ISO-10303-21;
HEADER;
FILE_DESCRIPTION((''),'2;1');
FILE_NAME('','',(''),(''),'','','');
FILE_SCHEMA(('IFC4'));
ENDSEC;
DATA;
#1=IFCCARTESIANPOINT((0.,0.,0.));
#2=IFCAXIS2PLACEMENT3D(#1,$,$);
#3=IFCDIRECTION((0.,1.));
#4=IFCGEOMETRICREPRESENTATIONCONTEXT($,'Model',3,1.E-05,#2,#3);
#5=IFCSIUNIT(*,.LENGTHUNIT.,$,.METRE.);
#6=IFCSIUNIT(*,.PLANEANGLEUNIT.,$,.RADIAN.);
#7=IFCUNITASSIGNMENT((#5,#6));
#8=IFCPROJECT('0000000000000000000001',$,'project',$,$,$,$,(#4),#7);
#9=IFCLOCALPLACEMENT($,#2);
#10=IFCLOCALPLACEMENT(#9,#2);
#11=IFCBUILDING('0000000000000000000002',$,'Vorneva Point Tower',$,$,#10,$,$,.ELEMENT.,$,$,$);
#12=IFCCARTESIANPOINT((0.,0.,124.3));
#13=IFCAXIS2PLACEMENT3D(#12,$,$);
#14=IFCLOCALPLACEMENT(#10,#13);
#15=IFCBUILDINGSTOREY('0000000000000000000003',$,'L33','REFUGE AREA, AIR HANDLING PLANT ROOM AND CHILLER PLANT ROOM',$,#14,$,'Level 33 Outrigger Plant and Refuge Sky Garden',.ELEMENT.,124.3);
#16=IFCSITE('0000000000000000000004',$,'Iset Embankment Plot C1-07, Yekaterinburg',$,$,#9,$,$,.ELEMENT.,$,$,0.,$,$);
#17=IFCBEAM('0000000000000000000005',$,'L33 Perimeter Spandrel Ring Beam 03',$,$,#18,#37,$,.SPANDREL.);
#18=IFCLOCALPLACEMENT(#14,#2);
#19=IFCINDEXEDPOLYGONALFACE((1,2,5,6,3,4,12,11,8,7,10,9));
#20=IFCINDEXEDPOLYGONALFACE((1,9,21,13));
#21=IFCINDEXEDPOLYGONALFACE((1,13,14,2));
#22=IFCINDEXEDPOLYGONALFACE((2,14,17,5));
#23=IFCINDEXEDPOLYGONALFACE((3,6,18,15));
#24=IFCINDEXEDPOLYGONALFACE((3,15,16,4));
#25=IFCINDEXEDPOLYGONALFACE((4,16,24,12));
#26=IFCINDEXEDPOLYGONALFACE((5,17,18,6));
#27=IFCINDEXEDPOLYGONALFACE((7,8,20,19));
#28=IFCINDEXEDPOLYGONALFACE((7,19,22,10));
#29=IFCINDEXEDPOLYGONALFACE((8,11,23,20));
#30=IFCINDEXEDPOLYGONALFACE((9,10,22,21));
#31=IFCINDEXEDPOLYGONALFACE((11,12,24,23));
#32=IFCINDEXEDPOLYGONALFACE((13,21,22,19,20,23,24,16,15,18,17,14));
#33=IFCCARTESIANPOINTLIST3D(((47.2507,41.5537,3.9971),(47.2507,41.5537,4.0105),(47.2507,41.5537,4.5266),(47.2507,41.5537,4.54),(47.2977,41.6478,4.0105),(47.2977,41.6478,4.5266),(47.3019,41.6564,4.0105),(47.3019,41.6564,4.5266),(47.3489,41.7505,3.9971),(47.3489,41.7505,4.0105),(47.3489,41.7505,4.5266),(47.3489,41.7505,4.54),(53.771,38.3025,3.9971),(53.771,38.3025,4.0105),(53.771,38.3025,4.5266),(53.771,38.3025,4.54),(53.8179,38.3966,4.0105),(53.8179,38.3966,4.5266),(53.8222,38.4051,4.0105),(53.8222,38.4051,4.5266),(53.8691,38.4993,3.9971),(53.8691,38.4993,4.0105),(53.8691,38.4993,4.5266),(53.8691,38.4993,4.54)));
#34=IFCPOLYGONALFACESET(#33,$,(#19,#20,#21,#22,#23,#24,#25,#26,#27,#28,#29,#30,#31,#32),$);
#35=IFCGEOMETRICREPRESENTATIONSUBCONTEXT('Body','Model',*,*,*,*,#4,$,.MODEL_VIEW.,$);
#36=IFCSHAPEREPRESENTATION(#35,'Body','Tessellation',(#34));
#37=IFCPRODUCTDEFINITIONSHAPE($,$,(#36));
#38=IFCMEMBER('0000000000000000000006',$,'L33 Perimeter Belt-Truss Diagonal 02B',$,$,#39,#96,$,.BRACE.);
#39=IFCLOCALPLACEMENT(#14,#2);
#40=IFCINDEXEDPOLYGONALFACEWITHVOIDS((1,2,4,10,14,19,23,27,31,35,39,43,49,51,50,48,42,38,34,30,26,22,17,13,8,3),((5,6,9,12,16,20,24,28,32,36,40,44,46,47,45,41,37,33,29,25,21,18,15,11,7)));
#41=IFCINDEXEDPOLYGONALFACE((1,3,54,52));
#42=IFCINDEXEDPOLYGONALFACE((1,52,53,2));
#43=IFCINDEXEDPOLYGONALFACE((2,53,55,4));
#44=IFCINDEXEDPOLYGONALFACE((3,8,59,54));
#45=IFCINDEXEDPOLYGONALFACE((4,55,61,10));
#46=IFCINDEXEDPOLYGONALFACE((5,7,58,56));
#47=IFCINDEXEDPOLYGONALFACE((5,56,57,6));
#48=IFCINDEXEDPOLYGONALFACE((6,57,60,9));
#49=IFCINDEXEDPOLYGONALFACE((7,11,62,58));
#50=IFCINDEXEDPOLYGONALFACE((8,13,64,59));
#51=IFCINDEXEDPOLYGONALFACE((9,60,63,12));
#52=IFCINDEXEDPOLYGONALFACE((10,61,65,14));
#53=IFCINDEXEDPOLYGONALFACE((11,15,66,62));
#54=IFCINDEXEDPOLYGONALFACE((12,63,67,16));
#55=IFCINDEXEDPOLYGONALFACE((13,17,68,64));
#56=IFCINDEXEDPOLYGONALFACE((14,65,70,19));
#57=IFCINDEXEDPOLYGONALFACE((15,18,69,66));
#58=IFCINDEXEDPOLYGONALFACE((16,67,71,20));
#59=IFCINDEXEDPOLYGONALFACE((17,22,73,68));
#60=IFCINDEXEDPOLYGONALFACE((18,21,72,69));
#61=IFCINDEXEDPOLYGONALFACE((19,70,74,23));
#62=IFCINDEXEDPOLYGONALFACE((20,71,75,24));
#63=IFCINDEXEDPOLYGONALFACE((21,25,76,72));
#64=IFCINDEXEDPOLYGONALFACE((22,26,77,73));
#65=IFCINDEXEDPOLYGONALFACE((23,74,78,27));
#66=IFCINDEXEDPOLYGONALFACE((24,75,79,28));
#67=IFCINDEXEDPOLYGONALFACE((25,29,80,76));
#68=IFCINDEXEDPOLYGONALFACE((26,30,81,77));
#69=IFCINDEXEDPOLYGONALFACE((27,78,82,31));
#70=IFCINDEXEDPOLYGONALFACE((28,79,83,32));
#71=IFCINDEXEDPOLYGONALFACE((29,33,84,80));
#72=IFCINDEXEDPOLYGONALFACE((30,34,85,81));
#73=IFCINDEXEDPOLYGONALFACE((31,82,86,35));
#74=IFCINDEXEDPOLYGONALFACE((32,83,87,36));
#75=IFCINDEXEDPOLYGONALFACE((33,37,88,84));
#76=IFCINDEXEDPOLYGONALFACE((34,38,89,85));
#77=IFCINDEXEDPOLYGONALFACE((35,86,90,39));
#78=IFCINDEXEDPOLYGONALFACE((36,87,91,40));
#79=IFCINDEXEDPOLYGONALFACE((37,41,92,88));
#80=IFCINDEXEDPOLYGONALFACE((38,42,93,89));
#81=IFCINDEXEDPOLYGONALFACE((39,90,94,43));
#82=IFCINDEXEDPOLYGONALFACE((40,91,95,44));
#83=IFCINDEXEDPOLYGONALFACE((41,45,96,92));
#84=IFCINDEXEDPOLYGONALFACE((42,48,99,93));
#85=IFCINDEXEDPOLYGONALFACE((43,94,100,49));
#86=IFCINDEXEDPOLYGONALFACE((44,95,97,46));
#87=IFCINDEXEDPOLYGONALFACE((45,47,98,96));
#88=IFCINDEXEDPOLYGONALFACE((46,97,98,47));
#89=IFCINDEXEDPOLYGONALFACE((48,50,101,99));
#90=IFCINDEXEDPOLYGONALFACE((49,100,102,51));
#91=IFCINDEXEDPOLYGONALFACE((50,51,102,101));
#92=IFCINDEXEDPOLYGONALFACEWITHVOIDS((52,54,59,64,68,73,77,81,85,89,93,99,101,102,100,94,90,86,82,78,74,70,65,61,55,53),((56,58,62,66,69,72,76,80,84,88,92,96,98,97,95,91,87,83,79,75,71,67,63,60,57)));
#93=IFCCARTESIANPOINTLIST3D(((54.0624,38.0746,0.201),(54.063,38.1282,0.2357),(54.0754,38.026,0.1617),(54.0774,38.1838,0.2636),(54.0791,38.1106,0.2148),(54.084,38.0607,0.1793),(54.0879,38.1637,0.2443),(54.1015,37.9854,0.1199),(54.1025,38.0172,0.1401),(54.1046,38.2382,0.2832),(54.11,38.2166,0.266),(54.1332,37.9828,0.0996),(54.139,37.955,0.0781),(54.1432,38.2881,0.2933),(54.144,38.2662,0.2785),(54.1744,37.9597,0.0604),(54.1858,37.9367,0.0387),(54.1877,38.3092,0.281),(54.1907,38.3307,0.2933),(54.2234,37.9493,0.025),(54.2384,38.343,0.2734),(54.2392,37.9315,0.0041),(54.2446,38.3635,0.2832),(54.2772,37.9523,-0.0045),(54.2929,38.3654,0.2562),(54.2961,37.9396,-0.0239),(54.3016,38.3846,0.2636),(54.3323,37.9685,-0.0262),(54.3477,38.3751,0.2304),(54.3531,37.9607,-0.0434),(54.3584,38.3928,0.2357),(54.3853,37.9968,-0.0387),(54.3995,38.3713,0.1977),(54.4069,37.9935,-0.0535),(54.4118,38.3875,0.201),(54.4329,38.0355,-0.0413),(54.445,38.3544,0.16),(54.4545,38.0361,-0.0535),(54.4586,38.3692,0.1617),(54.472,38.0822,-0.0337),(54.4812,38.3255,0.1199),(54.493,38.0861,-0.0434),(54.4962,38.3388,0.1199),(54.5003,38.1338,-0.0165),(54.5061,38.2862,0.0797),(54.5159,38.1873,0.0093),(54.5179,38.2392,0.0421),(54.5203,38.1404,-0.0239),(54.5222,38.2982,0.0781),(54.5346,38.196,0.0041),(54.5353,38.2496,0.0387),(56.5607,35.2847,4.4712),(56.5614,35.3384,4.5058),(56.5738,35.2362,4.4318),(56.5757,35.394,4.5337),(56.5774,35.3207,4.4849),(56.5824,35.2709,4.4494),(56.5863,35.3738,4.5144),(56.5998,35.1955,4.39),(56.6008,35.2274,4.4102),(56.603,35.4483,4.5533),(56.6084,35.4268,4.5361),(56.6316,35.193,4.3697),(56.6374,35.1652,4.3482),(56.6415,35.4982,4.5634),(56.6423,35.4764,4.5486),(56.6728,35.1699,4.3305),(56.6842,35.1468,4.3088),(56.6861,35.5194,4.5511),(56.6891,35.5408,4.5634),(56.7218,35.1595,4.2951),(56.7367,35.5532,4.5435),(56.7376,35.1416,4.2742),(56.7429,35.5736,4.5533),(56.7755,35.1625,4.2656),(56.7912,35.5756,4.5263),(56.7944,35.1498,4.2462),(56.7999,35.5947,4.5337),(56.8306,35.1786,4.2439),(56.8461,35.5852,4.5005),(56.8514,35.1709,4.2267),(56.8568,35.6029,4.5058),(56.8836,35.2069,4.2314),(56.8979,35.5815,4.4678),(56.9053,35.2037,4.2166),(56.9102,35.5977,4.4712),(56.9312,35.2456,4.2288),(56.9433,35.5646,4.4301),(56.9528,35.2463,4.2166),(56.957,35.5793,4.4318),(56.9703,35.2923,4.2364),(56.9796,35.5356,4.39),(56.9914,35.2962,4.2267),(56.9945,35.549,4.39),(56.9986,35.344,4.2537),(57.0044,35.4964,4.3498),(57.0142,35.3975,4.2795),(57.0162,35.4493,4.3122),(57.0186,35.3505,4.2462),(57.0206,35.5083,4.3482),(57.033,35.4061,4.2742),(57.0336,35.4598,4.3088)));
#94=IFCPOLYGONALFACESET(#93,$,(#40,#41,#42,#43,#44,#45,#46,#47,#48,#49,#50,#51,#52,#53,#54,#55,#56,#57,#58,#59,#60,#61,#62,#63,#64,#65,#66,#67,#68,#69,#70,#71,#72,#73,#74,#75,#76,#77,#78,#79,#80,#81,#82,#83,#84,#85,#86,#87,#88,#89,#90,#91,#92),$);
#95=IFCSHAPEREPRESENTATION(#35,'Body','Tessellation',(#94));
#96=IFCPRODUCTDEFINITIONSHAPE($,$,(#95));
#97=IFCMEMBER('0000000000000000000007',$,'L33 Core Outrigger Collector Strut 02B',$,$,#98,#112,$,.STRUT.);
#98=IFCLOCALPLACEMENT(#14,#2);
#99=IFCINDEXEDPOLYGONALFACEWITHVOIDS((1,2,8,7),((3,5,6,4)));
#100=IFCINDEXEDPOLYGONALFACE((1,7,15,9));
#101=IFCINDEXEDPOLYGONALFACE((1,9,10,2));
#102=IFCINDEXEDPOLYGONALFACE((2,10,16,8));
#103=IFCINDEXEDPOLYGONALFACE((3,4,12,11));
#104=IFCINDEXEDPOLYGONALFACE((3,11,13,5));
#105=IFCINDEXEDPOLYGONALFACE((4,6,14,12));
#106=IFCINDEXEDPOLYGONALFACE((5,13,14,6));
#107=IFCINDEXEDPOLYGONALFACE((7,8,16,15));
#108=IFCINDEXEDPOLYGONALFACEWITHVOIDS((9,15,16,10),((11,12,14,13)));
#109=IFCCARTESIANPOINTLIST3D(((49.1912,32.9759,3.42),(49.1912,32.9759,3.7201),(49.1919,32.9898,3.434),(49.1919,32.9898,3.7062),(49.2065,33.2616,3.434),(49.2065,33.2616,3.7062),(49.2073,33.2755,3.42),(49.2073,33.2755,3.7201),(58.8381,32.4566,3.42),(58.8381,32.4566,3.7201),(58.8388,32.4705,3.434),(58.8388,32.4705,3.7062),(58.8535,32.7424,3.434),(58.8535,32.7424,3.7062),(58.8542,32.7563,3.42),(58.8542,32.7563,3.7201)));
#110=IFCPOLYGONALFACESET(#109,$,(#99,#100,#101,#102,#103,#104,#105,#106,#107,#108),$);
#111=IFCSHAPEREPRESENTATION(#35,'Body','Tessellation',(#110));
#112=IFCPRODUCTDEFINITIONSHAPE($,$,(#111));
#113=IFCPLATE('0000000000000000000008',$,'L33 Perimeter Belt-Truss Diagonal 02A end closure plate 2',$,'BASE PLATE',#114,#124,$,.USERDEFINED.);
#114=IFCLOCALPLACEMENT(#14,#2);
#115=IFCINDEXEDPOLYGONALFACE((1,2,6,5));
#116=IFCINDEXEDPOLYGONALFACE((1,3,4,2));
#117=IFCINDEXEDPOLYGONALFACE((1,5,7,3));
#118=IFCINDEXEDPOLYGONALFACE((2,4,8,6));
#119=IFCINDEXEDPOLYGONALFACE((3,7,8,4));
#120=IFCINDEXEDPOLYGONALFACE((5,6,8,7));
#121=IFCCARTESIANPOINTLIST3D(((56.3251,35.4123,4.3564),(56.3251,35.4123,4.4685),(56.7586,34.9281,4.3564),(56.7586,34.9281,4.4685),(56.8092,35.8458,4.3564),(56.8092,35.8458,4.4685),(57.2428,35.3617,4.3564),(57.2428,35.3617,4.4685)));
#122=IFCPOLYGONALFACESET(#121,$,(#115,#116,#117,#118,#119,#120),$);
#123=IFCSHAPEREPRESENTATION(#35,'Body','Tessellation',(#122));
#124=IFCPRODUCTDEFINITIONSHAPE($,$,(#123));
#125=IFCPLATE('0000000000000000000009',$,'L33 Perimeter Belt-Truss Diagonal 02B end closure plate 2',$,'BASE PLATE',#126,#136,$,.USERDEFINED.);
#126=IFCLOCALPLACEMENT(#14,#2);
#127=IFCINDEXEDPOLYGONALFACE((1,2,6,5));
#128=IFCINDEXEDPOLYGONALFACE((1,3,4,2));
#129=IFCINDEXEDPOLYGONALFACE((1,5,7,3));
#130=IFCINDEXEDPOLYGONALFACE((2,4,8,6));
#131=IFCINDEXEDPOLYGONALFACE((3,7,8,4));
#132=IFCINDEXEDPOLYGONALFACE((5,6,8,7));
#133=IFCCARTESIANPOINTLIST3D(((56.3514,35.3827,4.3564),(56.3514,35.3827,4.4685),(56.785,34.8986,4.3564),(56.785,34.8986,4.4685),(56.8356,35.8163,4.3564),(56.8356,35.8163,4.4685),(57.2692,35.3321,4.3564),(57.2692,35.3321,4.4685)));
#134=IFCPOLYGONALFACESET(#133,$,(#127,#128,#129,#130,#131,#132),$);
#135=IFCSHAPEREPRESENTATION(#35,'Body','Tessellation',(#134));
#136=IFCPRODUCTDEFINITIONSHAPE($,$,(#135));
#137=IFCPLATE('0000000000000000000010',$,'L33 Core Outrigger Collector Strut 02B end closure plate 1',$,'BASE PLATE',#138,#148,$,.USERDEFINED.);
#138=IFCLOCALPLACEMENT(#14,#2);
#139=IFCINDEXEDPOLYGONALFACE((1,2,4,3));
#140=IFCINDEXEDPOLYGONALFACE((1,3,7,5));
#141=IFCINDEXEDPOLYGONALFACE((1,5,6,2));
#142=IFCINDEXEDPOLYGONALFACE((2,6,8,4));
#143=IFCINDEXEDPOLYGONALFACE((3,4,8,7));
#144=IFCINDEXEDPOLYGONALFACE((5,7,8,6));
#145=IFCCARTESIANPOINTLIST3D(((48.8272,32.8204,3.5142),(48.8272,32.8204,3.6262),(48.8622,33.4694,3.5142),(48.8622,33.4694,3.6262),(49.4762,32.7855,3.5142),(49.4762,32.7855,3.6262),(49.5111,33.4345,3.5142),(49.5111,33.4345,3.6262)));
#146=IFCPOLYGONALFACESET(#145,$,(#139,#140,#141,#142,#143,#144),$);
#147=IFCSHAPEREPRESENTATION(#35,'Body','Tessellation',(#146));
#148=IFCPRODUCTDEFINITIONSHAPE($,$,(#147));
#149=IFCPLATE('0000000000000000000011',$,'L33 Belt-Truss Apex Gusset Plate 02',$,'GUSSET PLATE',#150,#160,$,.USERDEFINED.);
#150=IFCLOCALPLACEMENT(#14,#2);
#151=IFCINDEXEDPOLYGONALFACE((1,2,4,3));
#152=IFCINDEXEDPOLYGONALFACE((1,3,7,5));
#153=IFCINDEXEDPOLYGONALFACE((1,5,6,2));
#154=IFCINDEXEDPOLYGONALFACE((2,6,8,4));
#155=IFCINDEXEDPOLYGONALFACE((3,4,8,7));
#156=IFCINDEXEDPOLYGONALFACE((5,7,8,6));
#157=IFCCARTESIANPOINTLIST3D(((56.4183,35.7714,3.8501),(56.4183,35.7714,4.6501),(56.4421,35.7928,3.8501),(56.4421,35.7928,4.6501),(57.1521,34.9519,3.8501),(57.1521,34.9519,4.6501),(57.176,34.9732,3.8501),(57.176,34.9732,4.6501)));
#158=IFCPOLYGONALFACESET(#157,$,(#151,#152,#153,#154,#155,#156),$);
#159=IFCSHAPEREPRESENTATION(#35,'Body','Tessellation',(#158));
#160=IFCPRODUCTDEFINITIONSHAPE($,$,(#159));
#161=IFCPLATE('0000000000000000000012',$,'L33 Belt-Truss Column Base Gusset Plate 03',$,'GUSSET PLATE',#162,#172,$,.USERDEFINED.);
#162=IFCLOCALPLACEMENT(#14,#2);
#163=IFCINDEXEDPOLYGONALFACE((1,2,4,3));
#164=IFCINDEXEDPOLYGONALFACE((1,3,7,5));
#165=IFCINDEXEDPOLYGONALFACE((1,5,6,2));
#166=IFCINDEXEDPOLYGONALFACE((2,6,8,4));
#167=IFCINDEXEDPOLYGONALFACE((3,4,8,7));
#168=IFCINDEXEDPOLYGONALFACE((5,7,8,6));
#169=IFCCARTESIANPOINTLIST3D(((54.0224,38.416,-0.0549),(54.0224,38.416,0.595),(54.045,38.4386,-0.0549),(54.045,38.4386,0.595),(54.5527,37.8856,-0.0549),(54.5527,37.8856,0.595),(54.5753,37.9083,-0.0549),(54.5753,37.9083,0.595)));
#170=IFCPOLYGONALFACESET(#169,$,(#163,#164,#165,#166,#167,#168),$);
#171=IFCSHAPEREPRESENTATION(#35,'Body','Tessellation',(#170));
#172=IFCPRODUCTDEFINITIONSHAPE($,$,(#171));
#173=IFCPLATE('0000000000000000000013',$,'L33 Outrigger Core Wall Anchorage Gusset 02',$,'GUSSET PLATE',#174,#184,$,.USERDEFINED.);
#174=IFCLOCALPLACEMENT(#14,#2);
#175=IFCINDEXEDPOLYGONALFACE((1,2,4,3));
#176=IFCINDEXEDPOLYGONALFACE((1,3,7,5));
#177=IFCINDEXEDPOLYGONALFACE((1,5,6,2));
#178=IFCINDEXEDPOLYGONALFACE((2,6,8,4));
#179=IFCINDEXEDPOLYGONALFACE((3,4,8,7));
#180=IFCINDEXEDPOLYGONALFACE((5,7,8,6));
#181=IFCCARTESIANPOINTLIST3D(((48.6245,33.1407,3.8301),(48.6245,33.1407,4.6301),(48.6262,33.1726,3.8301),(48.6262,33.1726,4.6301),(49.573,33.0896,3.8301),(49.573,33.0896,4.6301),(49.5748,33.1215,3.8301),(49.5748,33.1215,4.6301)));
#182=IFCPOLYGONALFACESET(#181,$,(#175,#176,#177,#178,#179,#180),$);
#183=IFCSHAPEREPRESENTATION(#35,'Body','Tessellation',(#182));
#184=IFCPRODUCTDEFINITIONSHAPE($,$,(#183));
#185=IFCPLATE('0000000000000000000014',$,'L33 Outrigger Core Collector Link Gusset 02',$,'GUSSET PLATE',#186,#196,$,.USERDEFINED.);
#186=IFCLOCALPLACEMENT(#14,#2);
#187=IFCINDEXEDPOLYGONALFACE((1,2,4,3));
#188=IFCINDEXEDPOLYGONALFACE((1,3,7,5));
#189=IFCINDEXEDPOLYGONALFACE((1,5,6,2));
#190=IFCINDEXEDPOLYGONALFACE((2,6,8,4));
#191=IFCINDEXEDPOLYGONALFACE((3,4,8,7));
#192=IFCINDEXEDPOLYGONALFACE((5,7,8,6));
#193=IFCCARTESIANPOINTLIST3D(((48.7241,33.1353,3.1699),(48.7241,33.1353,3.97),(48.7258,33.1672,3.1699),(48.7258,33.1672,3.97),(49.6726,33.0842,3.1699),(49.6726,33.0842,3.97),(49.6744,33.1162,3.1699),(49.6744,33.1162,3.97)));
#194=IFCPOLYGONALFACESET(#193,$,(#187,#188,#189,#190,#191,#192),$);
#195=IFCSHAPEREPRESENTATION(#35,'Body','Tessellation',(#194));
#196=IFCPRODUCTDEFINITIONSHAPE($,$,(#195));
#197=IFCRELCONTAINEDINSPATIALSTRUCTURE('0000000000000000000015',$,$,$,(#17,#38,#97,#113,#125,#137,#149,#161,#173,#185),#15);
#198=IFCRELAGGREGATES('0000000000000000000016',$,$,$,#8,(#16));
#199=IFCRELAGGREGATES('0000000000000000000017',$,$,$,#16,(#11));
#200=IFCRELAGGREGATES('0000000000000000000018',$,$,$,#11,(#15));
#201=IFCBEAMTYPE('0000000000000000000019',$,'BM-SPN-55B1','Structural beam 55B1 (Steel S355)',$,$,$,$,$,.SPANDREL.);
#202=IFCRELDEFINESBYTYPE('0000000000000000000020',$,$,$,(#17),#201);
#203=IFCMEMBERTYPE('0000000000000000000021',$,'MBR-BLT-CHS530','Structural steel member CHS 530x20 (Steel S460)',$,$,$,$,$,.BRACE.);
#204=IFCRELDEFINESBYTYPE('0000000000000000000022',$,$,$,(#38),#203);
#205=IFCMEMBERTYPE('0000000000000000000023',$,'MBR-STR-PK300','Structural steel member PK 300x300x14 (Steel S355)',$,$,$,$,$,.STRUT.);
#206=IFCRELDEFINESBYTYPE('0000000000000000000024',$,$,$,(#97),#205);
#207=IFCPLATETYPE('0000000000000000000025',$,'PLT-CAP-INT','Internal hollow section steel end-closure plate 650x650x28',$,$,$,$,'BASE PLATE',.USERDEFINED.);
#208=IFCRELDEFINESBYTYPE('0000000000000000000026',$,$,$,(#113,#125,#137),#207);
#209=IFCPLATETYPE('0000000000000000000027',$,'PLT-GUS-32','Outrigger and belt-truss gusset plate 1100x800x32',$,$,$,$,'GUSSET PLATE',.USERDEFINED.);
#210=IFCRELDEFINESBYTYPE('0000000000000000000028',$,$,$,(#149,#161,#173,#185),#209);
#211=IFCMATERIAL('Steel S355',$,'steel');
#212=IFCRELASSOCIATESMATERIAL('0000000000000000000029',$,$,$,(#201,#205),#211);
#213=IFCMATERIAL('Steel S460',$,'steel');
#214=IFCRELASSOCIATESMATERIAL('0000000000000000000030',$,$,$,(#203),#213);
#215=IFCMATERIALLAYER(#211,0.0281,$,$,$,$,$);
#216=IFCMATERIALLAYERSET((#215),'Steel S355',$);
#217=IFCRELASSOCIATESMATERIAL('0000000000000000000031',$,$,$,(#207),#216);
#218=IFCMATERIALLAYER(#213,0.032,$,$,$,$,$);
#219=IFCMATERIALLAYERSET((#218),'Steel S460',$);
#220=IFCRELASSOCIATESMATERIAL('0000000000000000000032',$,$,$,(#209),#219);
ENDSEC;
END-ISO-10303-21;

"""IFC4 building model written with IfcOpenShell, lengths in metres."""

from ifc_helpers import new_model, si_unit, direction, frame, origin, origin_2d, place, context, subcontext, project, spatial, rectangle, hollow_rectangle, hollow_circle, i_section, extrude, material, layer, layer_set, material_profile, profile_set, type_object, element, save


model = new_model("IFC4")

# Units and contexts
model_context = context("Model", 3, precision=1e-05, world=origin(), true_north=direction((0.0, 1.0)))
body_context = subcontext(model_context, "Body", "Model", "MODEL_VIEW")
ifc_project = project(units=[si_unit("LENGTHUNIT", "METRE"), si_unit("PLANEANGLEUNIT", "RADIAN")], contexts=[model_context])

# Site, building, storey
site_placement = place(None, origin())
site = spatial("IfcSite", under=ifc_project, at=site_placement, Name="Iset Embankment Plot C1-07, Yekaterinburg", CompositionType="ELEMENT", RefElevation=0.0)
building_placement = place(site_placement, origin())
building = spatial("IfcBuilding", under=site, at=building_placement, Name="Vorneva Point Tower", CompositionType="ELEMENT")
storey_placement = place(building_placement, frame((0.0, 0.0, 124.3)))
storey = spatial("IfcBuildingStorey", under=building, at=storey_placement, Name="L33", Description="REFUGE AREA, AIR HANDLING PLANT ROOM AND CHILLER PLANT ROOM", LongName="Level 33 Outrigger Plant and Refuge Sky Garden", CompositionType="ELEMENT", Elevation=124.3)

# Beam
ifc_material_1 = material(Name="Steel S460", Category="steel")
ifc_material_2 = material(Name="Steel S355", Category="steel")
ifc_material_profile_1 = material_profile(ifc_material_2, i_section(OverallWidth=0.22, OverallDepth=0.543, WebThickness=0.0095, FlangeThickness=0.0134, at=origin_2d()), Name="55B1")
ifc_profile_set_1 = profile_set([ifc_material_profile_1], Name="Steel S355")
beam_type_1 = type_object("IfcBeamType", Name="BM-SPN-55B1", Description="Structural beam 55B1 (Steel S355)", PredefinedType="SPANDREL", material=ifc_profile_set_1)
beam_1_placement = place(storey_placement, frame((53.8201, 38.4009, 4.2686), z_axis=(-0.894916, 0.446235, 0.0), x_axis=(-0.446235, -0.894916, 0.0)))
element("IfcBeam", 1, at=beam_1_placement, inside=storey, type_object=beam_type_1, Name="L33 Perimeter Spandrel Ring Beam 03", PredefinedType="SPANDREL", context=body_context, shape_type="SweptSolid", body=[
    extrude(i_section(OverallWidth=0.22, OverallDepth=0.543, WebThickness=0.0095, FlangeThickness=0.0134, at=origin_2d()), origin(), (0.0, 0.0, 1.0), 7.2859),
])

# Members
ifc_material_profile_2 = material_profile(ifc_material_1, hollow_circle(Radius=0.2649, WallThickness=0.02, at=origin_2d()), Name="CHS 530x20")
ifc_profile_set_2 = profile_set([ifc_material_profile_2], Name="Steel S460")
member_type_1 = type_object("IfcMemberType", Name="MBR-BLT-CHS530", Description="Structural steel member CHS 530x20 (Steel S460)", PredefinedType="BRACE", material=ifc_profile_set_2)
member_1_placement = place(storey_placement, frame((54.2988, 38.1621, 0.1199), z_axis=(0.439874, -0.491199, 0.751821), x_axis=(0.744955, 0.667115, 0.0)))
element("IfcMember", 2, at=member_1_placement, inside=storey, type_object=member_type_1, Name="L33 Perimeter Belt-Truss Diagonal 02B", PredefinedType="BRACE", context=body_context, shape_type="SweptSolid", body=[
    extrude(hollow_circle(Radius=0.2649, WallThickness=0.02, at=origin_2d()), origin(), (0.0, 0.0, 1.0), 5.6797),
])
ifc_material_profile_3 = material_profile(ifc_material_2, hollow_rectangle(XDim=0.3, YDim=0.3, WallThickness=0.0139, at=origin_2d()), Name="PK 300x300x14")
ifc_profile_set_3 = profile_set([ifc_material_profile_3], Name="Steel S355")
member_type_2 = type_object("IfcMemberType", Name="MBR-STR-PK300", Description="Structural steel member PK 300x300x14 (Steel S355)", PredefinedType="STRUT", material=ifc_profile_set_3)
member_2_placement = place(storey_placement, frame((49.1992, 33.1257, 3.5701), z_axis=(0.998554, -0.053751, 0.0), x_axis=(0.053751, 0.998554, 0.0)))
element("IfcMember", 3, at=member_2_placement, inside=storey, type_object=member_type_2, Name="L33 Core Outrigger Collector Strut 02B", PredefinedType="STRUT", context=body_context, shape_type="SweptSolid", body=[
    extrude(hollow_rectangle(XDim=0.3, YDim=0.3, WallThickness=0.0139, at=origin_2d()), origin(), (0.0, 0.0, 1.0), 9.6609),
])

# Plates
ifc_layer_1 = layer(ifc_material_2, 0.0281)
ifc_layer_set_1 = layer_set([ifc_layer_1], Name="Steel S355")
plate_type_1 = type_object("IfcPlateType", Name="PLT-CAP-INT", Description="Internal hollow section steel end-closure plate 650x650x28", ElementType="BASE PLATE", PredefinedType="USERDEFINED", material=ifc_layer_set_1)
for number, where, z_axis, x_axis, name in (
    (4, (56.7839, 35.387, 4.3564), (0.0, 0.0, 1.0), (-0.667092, 0.744976, 0.0), "L33 Perimeter Belt-Truss Diagonal 02A end closure plate 2"),
    (5, (56.8103, 35.3574, 4.3564), (0.0, 0.0, 1.0), (0.667092, -0.744976, 0.0), "L33 Perimeter Belt-Truss Diagonal 02B end closure plate 2"),
    (6, (49.1692, 33.1274, 3.5142), (0.0, 0.0, 1.0), (0.998554, -0.053765, 0.0), "L33 Core Outrigger Collector Strut 02B end closure plate 1"),
):
    element("IfcPlate", number, at=place(storey_placement, frame(where, z_axis=z_axis, x_axis=x_axis)), inside=storey, type_object=plate_type_1, Name=name, ObjectType="BASE PLATE", PredefinedType="USERDEFINED", context=body_context, shape_type="SweptSolid", body=[
        extrude(rectangle(XDim=0.6499, YDim=0.6499, at=origin_2d()), origin(), (0.0, 0.0, 1.0), 0.1121),
    ])
ifc_layer_2 = layer(ifc_material_1, 0.032)
ifc_layer_set_2 = layer_set([ifc_layer_2], Name="Steel S460")
plate_type_2 = type_object("IfcPlateType", Name="PLT-GUS-32", Description="Outrigger and belt-truss gusset plate 1100x800x32", ElementType="GUSSET PLATE", PredefinedType="USERDEFINED", material=ifc_layer_set_2)
plate_1_placement = place(storey_placement, frame((56.7971, 35.3723, 3.8501), z_axis=(0.0, 0.0, 1.0), x_axis=(-0.667092, 0.744976, 0.0)))
element("IfcPlate", 7, at=plate_1_placement, inside=storey, type_object=plate_type_2, Name="L33 Belt-Truss Apex Gusset Plate 02", ObjectType="GUSSET PLATE", PredefinedType="USERDEFINED", context=body_context, shape_type="SweptSolid", body=[
    extrude(rectangle(XDim=1.1001, YDim=0.032, at=origin_2d()), origin(), (0.0, 0.0, 1.0), 0.8),
])
plate_2_placement = place(storey_placement, frame((54.2988, 38.1621, -0.0549), z_axis=(0.0, 0.0, 1.0), x_axis=(-0.707107, 0.707107, 0.0)))
element("IfcPlate", 8, at=plate_2_placement, inside=storey, type_object=plate_type_2, Name="L33 Belt-Truss Column Base Gusset Plate 03", ObjectType="GUSSET PLATE", PredefinedType="USERDEFINED", context=body_context, shape_type="SweptSolid", body=[
    extrude(rectangle(XDim=0.75, YDim=0.032, at=origin_2d()), origin(), (0.0, 0.0, 1.0), 0.6499),
])
for number, where, z_axis, x_axis, name in (
    (9, (49.0996, 33.1311, 3.8301), (0.0, 0.0, 1.0), (0.998554, -0.053765, 0.0), "L33 Outrigger Core Wall Anchorage Gusset 02"),
    (10, (49.1992, 33.1257, 3.1699), (0.0, 0.0, 1.0), (0.998554, -0.053765, 0.0), "L33 Outrigger Core Collector Link Gusset 02"),
):
    element("IfcPlate", number, at=place(storey_placement, frame(where, z_axis=z_axis, x_axis=x_axis)), inside=storey, type_object=plate_type_2, Name=name, ObjectType="GUSSET PLATE", PredefinedType="USERDEFINED", context=body_context, shape_type="SweptSolid", body=[
        extrude(rectangle(XDim=0.95, YDim=0.032, at=origin_2d()), origin(), (0.0, 0.0, 1.0), 0.8),
    ])

save(model, "model.ifc")
